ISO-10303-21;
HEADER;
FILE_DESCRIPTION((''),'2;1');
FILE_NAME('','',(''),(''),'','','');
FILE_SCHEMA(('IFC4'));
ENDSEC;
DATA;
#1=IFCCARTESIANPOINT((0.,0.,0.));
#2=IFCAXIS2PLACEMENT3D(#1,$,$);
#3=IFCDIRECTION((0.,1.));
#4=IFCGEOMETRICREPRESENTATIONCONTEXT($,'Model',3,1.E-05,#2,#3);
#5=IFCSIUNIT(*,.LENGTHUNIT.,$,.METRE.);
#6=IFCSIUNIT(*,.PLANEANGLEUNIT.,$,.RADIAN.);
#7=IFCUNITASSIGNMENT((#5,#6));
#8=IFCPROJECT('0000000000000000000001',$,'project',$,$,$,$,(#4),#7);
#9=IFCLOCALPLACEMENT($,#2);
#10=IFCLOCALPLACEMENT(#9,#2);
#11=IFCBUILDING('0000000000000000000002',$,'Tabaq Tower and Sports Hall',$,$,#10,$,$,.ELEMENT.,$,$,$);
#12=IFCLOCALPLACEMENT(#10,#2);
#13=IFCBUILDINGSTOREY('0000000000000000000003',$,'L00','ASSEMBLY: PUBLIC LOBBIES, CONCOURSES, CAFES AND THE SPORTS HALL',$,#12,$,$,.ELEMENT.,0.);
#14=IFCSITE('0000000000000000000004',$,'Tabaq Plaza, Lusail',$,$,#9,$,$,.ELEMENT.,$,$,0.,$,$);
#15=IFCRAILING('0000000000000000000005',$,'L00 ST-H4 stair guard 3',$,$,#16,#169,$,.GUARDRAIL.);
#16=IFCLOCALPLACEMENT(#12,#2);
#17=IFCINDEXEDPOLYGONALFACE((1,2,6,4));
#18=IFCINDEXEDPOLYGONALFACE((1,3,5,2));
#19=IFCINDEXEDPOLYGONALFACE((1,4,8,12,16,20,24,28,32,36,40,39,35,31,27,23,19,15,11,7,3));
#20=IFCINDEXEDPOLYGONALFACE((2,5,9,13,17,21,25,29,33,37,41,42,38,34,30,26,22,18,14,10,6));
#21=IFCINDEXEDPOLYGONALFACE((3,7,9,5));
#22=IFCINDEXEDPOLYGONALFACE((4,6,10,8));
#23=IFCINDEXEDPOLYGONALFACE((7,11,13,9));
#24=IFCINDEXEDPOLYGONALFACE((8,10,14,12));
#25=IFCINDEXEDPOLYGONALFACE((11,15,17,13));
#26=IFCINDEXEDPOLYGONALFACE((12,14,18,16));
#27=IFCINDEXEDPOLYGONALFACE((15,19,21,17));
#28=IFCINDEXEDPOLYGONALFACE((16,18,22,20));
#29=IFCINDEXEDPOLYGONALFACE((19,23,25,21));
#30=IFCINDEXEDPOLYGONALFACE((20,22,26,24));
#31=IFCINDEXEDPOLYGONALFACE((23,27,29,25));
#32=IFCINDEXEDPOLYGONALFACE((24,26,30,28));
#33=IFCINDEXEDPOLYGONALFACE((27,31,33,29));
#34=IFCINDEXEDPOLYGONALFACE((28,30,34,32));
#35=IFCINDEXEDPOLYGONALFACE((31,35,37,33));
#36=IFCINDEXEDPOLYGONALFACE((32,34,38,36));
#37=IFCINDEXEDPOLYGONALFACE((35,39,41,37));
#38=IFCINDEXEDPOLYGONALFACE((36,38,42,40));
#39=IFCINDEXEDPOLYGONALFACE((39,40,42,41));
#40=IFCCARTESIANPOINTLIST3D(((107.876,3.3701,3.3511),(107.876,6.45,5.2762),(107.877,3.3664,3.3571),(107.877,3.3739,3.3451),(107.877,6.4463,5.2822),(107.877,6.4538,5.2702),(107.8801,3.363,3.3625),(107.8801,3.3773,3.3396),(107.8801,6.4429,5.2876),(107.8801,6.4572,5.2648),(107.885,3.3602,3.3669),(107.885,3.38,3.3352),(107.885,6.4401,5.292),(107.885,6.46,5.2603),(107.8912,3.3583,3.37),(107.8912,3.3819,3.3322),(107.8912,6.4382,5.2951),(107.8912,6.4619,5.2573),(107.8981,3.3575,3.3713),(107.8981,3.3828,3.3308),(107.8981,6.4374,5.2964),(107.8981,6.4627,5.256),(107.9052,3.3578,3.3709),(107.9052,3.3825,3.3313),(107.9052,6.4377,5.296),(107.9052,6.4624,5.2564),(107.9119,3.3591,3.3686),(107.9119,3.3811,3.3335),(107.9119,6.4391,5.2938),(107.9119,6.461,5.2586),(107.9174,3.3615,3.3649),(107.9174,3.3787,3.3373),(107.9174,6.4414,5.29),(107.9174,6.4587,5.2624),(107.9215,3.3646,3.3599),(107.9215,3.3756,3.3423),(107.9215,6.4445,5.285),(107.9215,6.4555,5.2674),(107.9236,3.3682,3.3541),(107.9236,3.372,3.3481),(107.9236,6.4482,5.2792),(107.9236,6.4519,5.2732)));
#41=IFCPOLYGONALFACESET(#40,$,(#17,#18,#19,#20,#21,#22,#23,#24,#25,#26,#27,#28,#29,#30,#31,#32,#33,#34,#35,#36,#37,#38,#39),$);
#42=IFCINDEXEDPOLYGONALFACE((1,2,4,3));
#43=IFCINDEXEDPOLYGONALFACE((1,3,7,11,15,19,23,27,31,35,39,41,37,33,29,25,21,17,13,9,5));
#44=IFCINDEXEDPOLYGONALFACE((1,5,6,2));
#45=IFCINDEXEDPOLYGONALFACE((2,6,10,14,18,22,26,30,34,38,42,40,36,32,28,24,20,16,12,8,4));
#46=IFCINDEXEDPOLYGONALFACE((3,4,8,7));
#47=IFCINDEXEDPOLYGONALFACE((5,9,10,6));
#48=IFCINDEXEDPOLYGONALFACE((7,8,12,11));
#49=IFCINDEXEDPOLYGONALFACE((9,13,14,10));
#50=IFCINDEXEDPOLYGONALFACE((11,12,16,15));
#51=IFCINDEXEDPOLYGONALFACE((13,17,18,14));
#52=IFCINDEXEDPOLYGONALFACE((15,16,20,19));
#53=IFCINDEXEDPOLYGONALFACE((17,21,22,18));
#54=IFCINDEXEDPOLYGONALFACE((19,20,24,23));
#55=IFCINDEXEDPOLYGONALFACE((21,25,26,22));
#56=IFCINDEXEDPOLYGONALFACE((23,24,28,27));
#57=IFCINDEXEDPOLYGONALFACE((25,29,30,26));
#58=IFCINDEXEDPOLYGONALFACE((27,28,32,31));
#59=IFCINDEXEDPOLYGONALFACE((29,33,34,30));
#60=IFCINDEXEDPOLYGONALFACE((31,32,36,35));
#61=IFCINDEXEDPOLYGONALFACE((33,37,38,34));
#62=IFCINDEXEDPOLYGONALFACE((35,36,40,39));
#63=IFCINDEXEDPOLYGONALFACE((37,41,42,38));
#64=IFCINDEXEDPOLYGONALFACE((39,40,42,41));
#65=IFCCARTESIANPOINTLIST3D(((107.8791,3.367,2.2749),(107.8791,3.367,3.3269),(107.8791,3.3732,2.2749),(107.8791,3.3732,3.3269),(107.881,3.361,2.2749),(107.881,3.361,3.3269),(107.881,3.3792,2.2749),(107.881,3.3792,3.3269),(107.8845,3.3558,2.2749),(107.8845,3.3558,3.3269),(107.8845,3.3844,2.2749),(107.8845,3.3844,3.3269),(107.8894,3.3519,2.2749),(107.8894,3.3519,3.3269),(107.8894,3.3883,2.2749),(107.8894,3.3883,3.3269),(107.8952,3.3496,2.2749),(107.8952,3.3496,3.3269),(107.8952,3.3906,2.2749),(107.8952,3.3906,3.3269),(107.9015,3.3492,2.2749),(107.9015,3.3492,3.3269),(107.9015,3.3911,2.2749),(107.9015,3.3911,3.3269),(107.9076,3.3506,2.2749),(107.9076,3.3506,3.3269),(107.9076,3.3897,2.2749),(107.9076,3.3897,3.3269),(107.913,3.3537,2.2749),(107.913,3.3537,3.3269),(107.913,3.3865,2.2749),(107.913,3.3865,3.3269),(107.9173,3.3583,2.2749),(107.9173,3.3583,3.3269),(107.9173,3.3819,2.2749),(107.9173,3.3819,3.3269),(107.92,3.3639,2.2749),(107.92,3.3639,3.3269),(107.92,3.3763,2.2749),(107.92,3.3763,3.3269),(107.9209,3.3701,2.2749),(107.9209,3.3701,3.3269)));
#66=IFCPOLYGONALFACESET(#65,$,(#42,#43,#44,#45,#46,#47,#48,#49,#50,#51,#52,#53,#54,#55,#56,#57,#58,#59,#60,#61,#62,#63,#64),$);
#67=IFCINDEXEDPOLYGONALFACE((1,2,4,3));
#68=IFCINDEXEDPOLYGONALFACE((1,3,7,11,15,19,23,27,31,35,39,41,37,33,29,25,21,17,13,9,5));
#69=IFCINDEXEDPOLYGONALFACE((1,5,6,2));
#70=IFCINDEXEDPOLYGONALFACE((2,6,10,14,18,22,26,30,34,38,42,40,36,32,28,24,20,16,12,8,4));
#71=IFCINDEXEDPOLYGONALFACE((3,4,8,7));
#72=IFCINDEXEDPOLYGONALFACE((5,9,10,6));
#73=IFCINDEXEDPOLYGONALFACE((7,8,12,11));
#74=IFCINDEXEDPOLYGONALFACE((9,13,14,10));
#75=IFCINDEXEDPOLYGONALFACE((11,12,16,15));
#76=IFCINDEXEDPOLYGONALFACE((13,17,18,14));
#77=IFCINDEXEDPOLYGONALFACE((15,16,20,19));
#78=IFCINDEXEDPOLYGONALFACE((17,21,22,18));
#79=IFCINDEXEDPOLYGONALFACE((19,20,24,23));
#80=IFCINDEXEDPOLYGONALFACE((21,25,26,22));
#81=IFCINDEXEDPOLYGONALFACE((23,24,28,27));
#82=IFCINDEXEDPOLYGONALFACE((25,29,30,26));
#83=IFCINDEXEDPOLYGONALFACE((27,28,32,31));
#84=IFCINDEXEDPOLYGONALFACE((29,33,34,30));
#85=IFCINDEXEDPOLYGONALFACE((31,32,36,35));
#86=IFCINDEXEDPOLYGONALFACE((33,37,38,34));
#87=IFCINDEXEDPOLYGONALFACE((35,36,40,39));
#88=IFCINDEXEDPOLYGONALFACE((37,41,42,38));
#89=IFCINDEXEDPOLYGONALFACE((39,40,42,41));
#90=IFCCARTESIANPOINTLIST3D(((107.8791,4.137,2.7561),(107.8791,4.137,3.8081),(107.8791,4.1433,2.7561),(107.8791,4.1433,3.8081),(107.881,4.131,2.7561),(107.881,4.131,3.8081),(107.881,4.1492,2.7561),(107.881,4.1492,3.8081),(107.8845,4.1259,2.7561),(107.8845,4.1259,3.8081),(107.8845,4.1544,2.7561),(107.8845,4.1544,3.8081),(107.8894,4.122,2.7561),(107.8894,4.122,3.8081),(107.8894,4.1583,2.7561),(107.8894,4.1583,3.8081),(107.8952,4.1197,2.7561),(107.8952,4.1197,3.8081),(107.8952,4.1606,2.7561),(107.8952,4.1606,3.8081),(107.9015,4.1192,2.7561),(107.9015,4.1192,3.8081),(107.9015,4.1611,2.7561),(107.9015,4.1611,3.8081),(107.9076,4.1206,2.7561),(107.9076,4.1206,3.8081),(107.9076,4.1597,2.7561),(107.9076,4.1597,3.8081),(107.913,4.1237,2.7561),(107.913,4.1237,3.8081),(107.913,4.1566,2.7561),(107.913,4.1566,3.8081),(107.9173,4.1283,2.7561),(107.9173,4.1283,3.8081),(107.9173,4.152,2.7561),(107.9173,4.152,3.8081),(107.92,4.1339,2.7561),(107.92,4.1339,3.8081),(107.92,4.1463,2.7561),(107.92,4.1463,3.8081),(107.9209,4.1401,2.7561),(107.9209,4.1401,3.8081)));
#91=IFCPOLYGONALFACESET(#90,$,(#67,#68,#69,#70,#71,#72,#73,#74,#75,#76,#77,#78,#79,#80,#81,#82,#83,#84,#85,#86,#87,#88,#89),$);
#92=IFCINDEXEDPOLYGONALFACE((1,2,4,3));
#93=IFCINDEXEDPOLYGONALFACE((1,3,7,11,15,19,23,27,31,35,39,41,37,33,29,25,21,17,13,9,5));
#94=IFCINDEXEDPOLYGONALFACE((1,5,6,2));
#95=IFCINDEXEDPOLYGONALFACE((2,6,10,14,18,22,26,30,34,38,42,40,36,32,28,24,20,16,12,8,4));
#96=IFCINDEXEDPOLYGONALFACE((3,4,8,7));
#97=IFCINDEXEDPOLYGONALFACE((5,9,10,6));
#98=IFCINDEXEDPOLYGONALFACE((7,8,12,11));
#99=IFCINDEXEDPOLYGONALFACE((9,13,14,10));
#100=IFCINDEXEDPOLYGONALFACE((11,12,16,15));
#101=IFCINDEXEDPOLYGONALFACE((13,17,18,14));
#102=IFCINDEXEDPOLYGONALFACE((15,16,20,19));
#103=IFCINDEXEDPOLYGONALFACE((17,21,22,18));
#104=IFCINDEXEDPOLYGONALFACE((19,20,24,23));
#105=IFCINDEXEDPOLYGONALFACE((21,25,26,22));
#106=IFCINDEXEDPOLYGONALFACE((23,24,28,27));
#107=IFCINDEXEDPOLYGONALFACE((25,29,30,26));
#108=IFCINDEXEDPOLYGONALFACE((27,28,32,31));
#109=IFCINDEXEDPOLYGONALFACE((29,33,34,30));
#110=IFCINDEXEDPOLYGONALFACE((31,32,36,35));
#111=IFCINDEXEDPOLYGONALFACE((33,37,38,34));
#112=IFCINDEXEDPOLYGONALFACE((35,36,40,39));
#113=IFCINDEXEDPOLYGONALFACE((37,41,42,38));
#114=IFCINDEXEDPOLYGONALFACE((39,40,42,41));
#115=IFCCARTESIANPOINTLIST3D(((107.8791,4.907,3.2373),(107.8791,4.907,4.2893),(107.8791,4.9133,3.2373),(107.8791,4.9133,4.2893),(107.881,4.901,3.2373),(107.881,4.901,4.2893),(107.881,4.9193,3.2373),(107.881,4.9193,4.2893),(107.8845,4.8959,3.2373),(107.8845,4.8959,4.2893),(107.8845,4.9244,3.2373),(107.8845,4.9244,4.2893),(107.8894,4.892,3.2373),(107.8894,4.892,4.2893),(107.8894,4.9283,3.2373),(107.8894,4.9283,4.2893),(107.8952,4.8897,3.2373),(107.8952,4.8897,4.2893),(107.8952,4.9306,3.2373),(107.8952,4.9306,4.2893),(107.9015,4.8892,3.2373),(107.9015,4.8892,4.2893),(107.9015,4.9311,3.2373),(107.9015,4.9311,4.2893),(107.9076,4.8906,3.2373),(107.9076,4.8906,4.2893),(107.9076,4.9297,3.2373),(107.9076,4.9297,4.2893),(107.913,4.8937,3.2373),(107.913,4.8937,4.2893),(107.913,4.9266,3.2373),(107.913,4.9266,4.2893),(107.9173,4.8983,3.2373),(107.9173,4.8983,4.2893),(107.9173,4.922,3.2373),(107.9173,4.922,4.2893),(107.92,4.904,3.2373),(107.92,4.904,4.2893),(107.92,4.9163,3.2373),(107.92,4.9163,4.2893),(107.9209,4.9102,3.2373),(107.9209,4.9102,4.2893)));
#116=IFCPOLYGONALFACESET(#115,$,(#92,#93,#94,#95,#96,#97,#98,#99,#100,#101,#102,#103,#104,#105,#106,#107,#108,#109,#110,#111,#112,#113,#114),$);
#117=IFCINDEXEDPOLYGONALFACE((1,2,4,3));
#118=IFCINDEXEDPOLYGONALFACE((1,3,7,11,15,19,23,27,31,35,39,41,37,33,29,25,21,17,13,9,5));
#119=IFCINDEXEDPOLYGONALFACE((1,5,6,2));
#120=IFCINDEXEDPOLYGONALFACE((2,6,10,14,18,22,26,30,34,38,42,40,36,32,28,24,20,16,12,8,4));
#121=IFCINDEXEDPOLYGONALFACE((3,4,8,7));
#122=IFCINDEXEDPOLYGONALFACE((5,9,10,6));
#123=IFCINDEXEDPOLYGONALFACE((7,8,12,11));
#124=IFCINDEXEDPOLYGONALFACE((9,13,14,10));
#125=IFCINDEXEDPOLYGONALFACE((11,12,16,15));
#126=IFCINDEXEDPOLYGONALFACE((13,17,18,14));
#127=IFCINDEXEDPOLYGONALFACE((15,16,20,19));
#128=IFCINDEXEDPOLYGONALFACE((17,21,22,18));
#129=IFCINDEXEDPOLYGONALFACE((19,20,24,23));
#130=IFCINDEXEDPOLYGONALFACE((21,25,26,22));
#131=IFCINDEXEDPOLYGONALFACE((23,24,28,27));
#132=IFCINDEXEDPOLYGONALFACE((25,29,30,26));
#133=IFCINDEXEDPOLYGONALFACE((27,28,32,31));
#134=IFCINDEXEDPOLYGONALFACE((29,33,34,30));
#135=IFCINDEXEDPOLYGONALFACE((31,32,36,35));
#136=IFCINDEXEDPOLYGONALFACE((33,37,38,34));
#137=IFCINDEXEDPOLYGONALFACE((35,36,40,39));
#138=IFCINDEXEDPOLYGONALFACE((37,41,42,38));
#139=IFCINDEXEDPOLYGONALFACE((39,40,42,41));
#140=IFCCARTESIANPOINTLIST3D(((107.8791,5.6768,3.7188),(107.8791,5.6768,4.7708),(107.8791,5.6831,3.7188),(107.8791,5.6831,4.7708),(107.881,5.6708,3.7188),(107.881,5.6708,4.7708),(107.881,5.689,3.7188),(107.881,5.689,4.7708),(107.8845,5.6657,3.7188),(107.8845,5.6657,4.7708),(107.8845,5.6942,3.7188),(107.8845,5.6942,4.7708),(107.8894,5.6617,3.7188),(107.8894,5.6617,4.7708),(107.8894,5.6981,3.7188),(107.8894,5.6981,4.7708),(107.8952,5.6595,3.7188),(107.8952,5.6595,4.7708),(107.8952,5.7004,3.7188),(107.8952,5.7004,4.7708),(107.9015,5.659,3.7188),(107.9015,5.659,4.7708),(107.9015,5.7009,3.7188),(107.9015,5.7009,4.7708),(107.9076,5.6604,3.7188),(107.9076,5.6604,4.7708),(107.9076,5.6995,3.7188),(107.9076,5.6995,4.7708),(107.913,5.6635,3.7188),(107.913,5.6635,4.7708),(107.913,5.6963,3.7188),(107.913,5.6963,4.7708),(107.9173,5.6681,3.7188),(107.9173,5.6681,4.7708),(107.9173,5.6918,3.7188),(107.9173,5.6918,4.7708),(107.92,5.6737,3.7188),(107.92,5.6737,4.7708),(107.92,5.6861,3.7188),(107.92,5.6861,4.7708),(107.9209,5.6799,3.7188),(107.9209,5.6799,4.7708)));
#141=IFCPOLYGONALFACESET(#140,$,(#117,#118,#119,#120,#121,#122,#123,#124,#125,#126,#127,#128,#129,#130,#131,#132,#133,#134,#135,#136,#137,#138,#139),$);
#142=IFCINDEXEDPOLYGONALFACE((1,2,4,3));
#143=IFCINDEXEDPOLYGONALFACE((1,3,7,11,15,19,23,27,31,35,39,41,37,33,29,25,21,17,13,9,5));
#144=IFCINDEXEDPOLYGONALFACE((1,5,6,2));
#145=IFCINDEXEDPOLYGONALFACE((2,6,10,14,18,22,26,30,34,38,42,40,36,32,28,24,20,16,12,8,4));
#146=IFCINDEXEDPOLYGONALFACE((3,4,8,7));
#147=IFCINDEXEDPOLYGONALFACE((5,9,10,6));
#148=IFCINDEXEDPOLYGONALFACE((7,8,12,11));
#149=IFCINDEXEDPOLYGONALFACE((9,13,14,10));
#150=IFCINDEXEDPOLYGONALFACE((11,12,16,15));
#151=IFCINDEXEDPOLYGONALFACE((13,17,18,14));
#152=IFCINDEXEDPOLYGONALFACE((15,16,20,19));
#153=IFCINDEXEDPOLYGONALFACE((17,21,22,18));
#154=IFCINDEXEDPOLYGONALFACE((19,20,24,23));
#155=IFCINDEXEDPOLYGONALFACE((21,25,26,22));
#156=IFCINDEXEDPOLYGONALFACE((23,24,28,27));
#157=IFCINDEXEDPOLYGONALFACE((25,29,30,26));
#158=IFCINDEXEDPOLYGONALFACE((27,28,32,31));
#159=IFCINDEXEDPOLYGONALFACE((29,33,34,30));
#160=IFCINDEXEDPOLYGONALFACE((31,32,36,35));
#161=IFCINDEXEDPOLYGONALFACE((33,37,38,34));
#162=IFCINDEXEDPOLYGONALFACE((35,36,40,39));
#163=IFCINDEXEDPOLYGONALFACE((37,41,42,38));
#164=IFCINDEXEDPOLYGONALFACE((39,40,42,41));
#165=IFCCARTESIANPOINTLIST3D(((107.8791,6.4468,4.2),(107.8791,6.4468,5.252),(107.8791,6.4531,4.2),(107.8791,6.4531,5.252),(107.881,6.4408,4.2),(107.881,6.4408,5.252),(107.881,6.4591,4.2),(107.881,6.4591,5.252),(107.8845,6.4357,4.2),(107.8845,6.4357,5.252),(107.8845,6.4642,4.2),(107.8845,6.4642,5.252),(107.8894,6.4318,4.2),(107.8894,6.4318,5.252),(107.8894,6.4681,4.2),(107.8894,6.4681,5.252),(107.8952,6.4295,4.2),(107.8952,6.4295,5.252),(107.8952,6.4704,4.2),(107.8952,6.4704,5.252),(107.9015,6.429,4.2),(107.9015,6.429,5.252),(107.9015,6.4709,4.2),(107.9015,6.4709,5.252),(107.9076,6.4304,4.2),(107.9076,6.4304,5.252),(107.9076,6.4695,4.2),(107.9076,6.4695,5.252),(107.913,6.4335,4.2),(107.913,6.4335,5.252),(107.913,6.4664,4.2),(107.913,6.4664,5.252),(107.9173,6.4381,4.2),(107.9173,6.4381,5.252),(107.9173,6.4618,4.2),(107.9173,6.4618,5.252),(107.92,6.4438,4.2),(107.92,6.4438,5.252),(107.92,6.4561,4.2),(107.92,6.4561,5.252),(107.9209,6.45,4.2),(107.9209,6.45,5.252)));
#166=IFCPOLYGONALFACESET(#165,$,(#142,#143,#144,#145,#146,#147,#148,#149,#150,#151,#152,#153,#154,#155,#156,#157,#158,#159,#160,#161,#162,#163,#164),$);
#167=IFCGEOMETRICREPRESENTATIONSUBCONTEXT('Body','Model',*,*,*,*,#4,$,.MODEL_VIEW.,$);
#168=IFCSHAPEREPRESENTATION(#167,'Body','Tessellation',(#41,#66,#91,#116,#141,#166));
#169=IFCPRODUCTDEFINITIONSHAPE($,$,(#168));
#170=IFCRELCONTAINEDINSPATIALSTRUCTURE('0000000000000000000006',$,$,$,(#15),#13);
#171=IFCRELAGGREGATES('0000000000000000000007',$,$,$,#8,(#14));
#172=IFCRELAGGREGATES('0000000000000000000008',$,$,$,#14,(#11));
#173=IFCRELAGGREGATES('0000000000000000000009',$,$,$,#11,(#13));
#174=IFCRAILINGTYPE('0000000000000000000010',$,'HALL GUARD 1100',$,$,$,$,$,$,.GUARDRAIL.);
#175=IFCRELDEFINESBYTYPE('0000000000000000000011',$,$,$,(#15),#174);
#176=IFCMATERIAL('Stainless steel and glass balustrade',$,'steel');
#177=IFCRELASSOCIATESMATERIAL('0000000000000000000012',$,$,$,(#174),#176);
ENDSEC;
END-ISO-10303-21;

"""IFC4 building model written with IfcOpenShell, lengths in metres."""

from ifc_helpers import new_model, si_unit, direction, frame, origin, origin_2d, place, context, subcontext, project, spatial, circle, extrude, material, type_object, element, save


model = new_model("IFC4")

# Units and contexts
model_context = context("Model", 3, precision=1e-05, world=origin(), true_north=direction((0.0, 1.0)))
body_context = subcontext(model_context, "Body", "Model", "MODEL_VIEW")
ifc_project = project(units=[si_unit("LENGTHUNIT", "METRE"), si_unit("PLANEANGLEUNIT", "RADIAN")], contexts=[model_context])

# Site, building, storey
site_placement = place(None, origin())
site = spatial("IfcSite", under=ifc_project, at=site_placement, Name="Tabaq Plaza, Lusail", CompositionType="ELEMENT", RefElevation=0.0)
building_placement = place(site_placement, origin())
building = spatial("IfcBuilding", under=site, at=building_placement, Name="Tabaq Tower and Sports Hall", CompositionType="ELEMENT")
storey_placement = place(building_placement, origin())
storey = spatial("IfcBuildingStorey", under=building, at=storey_placement, Name="L00", Description="ASSEMBLY: PUBLIC LOBBIES, CONCOURSES, CAFES AND THE SPORTS HALL", CompositionType="ELEMENT", Elevation=0.0)

# Railing
ifc_material_1 = material(Name="Stainless steel and glass balustrade", Category="steel")
railing_type_1 = type_object("IfcRailingType", Name="HALL GUARD 1100", PredefinedType="GUARDRAIL", material=ifc_material_1)
railing_1_placement = place(storey_placement, frame((107.8999, 3.3701, 2.2749)))
element("IfcRailing", 1, at=railing_1_placement, inside=storey, type_object=railing_type_1, Name="L00 ST-H4 stair guard 3", PredefinedType="GUARDRAIL", context=body_context, shape_type="SweptSolid", body=[
    extrude(circle(Radius=0.0239, at=origin_2d()), frame((0.0, 0.0, 1.0762), z_axis=(0.0, 0.847979, 0.530029), x_axis=(-1.0, 0.0, 0.0)), (0.0, 0.0, 1.0), 3.6321),
    extrude(circle(Radius=0.021, at=origin_2d()), origin(), (0.0, 0.0, 1.0), 1.052),
    extrude(circle(Radius=0.021, at=origin_2d()), frame((0.0, 0.77, 0.4812)), (0.0, 0.0, 1.0), 1.052),
    extrude(circle(Radius=0.021, at=origin_2d()), frame((0.0, 1.54, 0.9624)), (0.0, 0.0, 1.0), 1.052),
    extrude(circle(Radius=0.021, at=origin_2d()), frame((0.0, 2.3098, 1.4438)), (0.0, 0.0, 1.0), 1.052),
    extrude(circle(Radius=0.021, at=origin_2d()), frame((0.0, 3.0798, 1.925)), (0.0, 0.0, 1.0), 1.052),
])

save(model, "model.ifc")
